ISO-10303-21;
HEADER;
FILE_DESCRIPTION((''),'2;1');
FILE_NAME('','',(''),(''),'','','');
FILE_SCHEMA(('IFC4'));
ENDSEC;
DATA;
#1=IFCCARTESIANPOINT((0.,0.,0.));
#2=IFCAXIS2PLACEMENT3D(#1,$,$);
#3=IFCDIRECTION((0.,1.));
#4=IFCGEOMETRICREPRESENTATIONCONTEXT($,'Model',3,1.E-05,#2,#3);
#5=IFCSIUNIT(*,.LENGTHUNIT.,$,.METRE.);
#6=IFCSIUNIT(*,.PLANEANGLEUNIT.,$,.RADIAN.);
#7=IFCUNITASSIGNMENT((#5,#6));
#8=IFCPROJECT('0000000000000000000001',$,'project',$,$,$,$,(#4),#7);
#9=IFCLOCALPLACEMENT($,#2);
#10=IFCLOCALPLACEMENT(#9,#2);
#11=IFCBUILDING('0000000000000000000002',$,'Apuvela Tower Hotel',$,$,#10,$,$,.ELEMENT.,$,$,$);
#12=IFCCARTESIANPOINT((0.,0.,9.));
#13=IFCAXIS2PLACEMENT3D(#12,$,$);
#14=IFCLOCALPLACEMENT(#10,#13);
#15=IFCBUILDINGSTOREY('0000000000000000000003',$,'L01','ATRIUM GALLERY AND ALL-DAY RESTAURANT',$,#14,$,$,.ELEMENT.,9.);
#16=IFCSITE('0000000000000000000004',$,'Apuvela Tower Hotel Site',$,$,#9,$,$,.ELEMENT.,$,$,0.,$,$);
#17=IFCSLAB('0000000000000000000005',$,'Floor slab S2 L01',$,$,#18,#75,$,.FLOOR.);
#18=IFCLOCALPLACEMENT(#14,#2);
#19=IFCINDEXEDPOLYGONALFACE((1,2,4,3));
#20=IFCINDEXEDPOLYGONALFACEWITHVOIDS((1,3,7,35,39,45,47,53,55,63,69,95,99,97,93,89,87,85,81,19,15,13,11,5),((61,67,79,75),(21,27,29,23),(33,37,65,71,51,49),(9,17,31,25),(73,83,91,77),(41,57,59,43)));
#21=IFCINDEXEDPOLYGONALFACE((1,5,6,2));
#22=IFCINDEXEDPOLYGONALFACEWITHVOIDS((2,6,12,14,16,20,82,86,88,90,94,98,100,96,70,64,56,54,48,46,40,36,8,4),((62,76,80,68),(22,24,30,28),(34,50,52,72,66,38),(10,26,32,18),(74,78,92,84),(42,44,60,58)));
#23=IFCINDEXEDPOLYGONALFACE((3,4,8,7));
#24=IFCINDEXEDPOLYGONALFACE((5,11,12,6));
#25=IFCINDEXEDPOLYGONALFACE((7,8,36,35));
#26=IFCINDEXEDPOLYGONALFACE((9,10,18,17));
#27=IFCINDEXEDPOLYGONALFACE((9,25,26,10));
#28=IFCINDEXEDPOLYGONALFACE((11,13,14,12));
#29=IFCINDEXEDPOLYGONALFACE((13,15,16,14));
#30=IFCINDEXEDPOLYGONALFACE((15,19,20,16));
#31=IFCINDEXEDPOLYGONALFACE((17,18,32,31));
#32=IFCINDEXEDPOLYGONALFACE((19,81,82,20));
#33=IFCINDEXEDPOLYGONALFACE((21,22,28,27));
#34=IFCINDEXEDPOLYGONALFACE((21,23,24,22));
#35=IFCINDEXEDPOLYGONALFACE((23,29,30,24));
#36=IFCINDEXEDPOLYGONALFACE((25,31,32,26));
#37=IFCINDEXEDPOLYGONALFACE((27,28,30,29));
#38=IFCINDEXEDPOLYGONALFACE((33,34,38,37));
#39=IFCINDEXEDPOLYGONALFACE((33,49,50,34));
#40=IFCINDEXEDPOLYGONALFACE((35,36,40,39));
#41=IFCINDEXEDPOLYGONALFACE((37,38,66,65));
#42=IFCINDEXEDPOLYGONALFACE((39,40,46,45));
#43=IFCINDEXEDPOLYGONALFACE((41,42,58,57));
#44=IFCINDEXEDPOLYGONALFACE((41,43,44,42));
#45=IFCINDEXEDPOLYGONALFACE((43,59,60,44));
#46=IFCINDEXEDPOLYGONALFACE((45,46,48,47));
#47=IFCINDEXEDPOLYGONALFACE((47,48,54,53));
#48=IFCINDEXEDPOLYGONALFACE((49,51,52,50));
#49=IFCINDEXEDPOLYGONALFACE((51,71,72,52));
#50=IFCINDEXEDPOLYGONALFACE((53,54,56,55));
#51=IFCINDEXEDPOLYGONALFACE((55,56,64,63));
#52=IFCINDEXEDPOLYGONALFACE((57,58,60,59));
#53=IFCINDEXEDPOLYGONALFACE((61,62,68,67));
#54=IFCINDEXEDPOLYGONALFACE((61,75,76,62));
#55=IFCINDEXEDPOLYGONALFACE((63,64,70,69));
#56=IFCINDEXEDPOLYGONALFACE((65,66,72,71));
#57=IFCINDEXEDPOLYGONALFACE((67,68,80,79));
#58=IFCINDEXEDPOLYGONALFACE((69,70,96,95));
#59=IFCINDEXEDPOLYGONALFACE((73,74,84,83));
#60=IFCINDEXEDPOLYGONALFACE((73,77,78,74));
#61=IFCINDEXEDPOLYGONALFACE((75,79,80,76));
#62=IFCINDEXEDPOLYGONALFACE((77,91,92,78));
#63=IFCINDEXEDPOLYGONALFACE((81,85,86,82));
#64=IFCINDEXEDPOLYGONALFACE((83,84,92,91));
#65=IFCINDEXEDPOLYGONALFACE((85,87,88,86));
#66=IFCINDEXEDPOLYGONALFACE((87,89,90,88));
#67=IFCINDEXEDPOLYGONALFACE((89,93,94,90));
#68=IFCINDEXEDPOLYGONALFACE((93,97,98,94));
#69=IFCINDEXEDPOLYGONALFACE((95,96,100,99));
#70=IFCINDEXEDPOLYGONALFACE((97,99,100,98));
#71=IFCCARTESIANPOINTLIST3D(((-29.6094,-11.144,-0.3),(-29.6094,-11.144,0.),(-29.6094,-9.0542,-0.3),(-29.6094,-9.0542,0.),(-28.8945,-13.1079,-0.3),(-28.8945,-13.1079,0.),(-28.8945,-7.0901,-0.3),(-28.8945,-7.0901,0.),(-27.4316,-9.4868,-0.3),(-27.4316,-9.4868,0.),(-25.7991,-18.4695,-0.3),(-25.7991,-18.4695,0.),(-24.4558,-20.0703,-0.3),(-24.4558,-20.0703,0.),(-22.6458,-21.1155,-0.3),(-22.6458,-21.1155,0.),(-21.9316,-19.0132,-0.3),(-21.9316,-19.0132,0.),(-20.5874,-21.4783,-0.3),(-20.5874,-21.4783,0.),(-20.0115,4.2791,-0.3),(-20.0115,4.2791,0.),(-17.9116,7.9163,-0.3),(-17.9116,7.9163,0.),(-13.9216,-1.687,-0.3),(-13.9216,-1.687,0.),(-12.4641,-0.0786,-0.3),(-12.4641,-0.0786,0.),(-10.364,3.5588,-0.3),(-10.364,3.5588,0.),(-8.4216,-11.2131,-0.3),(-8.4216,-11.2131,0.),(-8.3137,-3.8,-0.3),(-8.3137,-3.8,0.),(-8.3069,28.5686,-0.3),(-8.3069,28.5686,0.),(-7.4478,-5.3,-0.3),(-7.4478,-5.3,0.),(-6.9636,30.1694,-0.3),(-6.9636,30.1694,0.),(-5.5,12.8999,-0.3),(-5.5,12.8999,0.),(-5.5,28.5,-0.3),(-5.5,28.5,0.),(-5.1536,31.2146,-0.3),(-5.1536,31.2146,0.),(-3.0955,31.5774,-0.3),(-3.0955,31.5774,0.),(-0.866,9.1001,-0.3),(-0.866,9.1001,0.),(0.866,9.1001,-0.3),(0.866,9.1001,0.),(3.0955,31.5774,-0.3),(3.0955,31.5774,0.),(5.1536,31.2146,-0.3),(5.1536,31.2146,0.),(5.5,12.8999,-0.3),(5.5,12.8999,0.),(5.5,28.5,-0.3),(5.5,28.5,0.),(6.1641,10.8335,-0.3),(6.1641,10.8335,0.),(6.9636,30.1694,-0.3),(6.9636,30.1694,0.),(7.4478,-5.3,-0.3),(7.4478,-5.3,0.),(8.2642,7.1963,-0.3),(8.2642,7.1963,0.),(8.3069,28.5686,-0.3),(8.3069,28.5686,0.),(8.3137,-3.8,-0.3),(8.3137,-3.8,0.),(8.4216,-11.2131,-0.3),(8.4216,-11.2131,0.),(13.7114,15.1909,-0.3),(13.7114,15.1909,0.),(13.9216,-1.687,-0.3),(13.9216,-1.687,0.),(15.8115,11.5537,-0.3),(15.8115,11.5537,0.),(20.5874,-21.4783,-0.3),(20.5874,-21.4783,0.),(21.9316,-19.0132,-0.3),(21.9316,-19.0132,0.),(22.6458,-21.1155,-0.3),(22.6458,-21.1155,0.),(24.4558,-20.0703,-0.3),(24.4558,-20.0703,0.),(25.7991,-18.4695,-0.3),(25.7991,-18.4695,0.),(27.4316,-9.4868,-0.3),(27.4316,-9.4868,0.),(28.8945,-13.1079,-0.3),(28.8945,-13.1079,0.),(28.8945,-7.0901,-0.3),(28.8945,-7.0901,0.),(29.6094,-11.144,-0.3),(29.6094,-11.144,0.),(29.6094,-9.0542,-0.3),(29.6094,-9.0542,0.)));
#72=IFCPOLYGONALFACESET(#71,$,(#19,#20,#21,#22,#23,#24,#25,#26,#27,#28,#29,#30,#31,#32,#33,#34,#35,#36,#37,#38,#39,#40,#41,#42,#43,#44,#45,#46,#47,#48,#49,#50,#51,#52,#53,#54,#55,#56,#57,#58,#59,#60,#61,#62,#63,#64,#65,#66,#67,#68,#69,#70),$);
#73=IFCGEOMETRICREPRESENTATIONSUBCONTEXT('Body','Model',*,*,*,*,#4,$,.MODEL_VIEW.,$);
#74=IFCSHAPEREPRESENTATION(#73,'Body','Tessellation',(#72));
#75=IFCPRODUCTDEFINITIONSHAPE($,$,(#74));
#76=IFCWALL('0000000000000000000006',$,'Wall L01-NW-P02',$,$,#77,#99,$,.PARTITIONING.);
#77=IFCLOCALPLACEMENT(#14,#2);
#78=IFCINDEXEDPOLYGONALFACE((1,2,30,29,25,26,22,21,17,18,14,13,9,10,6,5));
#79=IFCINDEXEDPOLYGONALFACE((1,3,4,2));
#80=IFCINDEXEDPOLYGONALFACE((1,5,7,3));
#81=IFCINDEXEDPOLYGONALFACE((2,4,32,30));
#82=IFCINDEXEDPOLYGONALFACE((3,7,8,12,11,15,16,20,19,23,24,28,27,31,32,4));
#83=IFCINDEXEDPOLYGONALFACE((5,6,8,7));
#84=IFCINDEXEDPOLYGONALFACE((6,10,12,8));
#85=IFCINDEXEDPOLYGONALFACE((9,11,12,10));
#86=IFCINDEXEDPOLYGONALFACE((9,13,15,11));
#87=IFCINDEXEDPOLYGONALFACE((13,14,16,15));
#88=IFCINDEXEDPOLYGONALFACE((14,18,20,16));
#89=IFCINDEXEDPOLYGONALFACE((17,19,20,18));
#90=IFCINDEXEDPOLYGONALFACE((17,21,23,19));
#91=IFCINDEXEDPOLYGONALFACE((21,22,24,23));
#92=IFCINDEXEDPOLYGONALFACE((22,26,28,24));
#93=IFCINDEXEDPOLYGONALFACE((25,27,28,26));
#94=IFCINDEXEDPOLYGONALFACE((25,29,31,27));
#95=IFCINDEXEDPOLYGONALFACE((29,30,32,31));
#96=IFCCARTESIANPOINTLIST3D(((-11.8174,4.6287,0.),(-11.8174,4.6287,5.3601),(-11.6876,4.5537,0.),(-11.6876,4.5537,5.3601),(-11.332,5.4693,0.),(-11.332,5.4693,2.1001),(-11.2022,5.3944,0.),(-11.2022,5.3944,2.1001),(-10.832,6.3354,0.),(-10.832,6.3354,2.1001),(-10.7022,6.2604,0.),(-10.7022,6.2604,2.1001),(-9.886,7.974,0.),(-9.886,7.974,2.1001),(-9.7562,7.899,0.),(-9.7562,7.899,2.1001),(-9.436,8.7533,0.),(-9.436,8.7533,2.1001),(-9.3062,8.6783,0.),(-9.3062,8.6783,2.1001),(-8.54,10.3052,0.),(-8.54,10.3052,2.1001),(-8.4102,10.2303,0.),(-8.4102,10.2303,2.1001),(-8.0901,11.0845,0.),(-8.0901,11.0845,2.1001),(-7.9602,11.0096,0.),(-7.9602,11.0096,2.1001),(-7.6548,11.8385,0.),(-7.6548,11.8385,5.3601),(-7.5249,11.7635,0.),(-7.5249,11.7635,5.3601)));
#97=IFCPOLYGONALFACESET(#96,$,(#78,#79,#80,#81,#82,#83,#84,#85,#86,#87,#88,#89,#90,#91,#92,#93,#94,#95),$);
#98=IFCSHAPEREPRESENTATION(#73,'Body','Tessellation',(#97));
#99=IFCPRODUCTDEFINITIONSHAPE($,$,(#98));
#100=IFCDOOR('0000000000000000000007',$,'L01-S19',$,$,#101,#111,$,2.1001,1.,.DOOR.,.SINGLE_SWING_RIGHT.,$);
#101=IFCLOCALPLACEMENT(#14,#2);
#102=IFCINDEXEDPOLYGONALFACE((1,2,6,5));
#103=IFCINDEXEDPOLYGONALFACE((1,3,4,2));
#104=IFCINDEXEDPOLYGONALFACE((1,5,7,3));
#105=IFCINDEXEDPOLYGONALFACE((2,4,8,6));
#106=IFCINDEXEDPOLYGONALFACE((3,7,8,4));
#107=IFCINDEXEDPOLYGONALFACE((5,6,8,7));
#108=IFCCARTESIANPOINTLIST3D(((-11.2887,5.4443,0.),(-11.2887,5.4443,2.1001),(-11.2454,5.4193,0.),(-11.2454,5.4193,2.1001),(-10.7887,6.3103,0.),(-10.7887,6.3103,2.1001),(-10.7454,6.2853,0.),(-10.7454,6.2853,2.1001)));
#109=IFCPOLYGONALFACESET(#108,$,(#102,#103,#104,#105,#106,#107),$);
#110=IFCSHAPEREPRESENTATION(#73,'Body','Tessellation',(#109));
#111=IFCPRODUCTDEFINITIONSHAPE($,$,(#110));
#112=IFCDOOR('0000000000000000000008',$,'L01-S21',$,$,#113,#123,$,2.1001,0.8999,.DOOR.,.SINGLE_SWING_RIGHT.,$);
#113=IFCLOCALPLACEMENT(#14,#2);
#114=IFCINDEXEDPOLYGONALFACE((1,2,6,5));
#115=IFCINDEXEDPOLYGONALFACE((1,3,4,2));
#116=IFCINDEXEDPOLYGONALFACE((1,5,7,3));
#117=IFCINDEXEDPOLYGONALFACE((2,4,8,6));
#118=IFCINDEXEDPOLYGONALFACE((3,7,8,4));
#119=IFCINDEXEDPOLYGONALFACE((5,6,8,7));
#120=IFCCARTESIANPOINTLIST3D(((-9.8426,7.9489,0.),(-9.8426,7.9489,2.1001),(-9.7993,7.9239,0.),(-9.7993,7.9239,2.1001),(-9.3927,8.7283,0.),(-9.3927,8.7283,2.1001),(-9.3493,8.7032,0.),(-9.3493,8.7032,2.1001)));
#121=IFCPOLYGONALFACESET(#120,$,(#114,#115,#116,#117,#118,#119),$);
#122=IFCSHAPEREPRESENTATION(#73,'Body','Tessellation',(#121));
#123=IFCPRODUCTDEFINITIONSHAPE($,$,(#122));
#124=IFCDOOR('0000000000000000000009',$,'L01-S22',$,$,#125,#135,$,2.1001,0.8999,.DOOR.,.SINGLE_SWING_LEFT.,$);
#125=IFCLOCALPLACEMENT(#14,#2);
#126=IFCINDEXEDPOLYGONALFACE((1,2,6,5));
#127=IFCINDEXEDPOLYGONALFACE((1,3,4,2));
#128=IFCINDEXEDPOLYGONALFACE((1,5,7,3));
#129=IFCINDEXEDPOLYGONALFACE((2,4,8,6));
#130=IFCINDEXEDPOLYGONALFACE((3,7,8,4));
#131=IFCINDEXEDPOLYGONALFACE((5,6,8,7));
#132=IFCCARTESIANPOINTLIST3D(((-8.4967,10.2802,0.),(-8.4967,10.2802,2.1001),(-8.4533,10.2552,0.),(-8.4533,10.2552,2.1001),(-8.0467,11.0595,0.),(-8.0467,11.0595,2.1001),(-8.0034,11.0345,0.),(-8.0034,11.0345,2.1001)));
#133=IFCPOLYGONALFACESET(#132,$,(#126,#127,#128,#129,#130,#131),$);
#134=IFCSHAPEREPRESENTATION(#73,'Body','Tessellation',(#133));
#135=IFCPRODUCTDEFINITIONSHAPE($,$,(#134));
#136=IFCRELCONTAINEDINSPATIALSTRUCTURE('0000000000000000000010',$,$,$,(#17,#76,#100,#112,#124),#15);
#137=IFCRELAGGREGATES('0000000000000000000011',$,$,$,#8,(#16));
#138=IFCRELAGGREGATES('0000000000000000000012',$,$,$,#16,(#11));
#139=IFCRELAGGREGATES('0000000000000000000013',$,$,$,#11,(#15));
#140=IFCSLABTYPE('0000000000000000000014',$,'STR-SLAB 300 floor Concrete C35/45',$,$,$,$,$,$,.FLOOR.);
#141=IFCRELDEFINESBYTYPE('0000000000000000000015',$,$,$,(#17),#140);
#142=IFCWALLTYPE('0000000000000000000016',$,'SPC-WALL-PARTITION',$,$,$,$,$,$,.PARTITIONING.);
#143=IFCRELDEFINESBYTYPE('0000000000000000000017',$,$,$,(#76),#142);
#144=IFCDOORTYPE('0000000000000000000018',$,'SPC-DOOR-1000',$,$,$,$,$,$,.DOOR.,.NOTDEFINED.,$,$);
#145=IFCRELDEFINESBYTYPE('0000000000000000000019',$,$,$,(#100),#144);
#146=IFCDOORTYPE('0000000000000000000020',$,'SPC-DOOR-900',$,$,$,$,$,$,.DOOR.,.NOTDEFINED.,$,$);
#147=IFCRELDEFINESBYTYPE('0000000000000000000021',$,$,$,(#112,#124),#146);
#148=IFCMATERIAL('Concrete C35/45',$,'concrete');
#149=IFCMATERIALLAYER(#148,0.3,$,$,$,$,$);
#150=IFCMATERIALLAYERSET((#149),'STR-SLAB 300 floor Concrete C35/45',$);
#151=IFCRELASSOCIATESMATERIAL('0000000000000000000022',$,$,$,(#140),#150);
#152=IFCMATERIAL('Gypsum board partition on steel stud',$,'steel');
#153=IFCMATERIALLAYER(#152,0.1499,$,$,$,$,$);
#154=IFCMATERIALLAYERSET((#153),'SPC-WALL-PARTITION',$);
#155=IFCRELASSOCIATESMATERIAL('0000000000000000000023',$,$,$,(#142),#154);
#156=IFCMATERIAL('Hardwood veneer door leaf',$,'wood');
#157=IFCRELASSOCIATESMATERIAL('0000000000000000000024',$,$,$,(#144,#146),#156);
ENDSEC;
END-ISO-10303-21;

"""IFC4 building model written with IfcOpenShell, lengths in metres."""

from ifc_helpers import new_model, si_unit, direction, frame, frame_2d, origin, place, context, subcontext, project, spatial, polyline, rectangle, outline, extrude, material, layer, layer_set, type_object, element, fill, save


model = new_model("IFC4")

# Units and contexts
model_context = context("Model", 3, precision=1e-05, world=origin(), true_north=direction((0.0, 1.0)))
body_context = subcontext(model_context, "Body", "Model", "MODEL_VIEW")
ifc_project = project(units=[si_unit("LENGTHUNIT", "METRE"), si_unit("PLANEANGLEUNIT", "RADIAN")], contexts=[model_context])

# Site, building, storey
site_placement = place(None, origin())
site = spatial("IfcSite", under=ifc_project, at=site_placement, Name="Apuvela Tower Hotel Site", CompositionType="ELEMENT", RefElevation=0.0)
building_placement = place(site_placement, origin())
building = spatial("IfcBuilding", under=site, at=building_placement, Name="Apuvela Tower Hotel", CompositionType="ELEMENT")
storey_placement = place(building_placement, frame((0.0, 0.0, 9.0)))
storey = spatial("IfcBuildingStorey", under=building, at=storey_placement, Name="L01", Description="ATRIUM GALLERY AND ALL-DAY RESTAURANT", CompositionType="ELEMENT", Elevation=9.0)

# Slab
ifc_material_1 = material(Name="Concrete C35/45", Category="concrete")
ifc_layer_1 = layer(ifc_material_1, 0.3)
ifc_layer_set_1 = layer_set([ifc_layer_1], Name="STR-SLAB 300 floor Concrete C35/45")
slab_type_1 = type_object("IfcSlabType", Name="STR-SLAB 300 floor Concrete C35/45", PredefinedType="FLOOR", material=ifc_layer_set_1)
slab_1_placement = place(storey_placement, frame((0.0, 0.0, -0.3)))
element("IfcSlab", 1, at=slab_1_placement, inside=storey, type_object=slab_type_1, Name="Floor slab S2 L01", PredefinedType="FLOOR", context=body_context, shape_type="SweptSolid", body=[
    extrude(outline(polyline([(8.3069, 28.5686), (6.9636, 30.1694), (5.1536, 31.2146), (3.0955, 31.5774), (-3.0955, 31.5774), (-5.1536, 31.2146), (-6.9636, 30.1694), (-8.3069, 28.5686), (-28.8945, -7.0901), (-29.6094, -9.0542), (-29.6094, -11.144), (-28.8945, -13.1079), (-25.7991, -18.4695), (-24.4558, -20.0703), (-22.6458, -21.1155), (-20.5874, -21.4783), (20.5874, -21.4783), (22.6458, -21.1155), (24.4558, -20.0703), (25.7991, -18.4695), (28.8945, -13.1079), (29.6094, -11.144), (29.6094, -9.0542), (28.8945, -7.0901), (8.3069, 28.5686)]), holes=[polyline([(0.866, 9.1001), (-0.866, 9.1001), (-8.3137, -3.8), (-7.4478, -5.3), (7.4478, -5.3), (8.3137, -3.8), (0.866, 9.1001)]), polyline([(-5.5, 12.8999), (-5.5, 28.5), (5.5, 28.5), (5.5, 12.8999), (-5.5, 12.8999)]), polyline([(-8.4216, -11.2131), (-21.9316, -19.0132), (-27.4316, -9.4868), (-13.9216, -1.687), (-8.4216, -11.2131)]), polyline([(13.9216, -1.687), (27.4316, -9.4868), (21.9316, -19.0132), (8.4216, -11.2131), (13.9216, -1.687)]), polyline([(8.2642, 7.1963), (6.1641, 10.8335), (13.7114, 15.1909), (15.8115, 11.5537), (8.2642, 7.1963)]), polyline([(-12.4641, -0.0786), (-20.0115, 4.2791), (-17.9116, 7.9163), (-10.364, 3.5588), (-12.4641, -0.0786)])]), origin(), (0.0, 0.0, 1.0), 0.3),
])

# Wall, openings, doors
ifc_material_2 = material(Name="Gypsum board partition on steel stud", Category="steel")
ifc_layer_2 = layer(ifc_material_2, 0.1499)
ifc_layer_set_2 = layer_set([ifc_layer_2], Name="SPC-WALL-PARTITION")
wall_type = type_object("IfcWallType", Name="SPC-WALL-PARTITION", PredefinedType="PARTITIONING", material=ifc_layer_set_2)
wall_placement = place(storey_placement, frame((-7.5898, 11.801, 0.0), z_axis=(0.0, 0.0, 1.0), x_axis=(-0.500006, -0.866022, 0.0)))
wall = element("IfcWall", 2, at=wall_placement, inside=storey, type_object=wall_type, Name="Wall L01-NW-P02", PredefinedType="PARTITIONING", context=body_context, shape_type="SweptSolid", body=[
    extrude(rectangle(XDim=8.3252, YDim=0.1499, at=frame_2d((4.1626, 0.0))), origin(), (0.0, 0.0, 1.0), 5.3601),
])
opening_1_placement = place(wall_placement, frame((6.3545, 0.0, 0.0)))
opening_1 = element("IfcOpeningElement", 3, at=opening_1_placement, cuts=wall, PredefinedType="OPENING", context=body_context, shape_type="SweptSolid", body=[
    extrude(rectangle(XDim=1.0, YDim=2.1001, at=frame_2d((0.5, 1.05))), frame((0.0, 0.085, 0.0), z_axis=(0.0, -1.0, 0.0), x_axis=(1.0, 0.0, 0.0)), (0.0, 0.0, 1.0), 0.1699),
])
opening_2_placement = place(wall_placement, frame((3.5625, 0.0, 0.0)))
opening_2 = element("IfcOpeningElement", 4, at=opening_2_placement, cuts=wall, PredefinedType="OPENING", context=body_context, shape_type="SweptSolid", body=[
    extrude(rectangle(XDim=0.8999, YDim=2.1001, at=frame_2d((0.45, 1.05))), frame((0.0, 0.085, 0.0), z_axis=(0.0, -1.0, 0.0), x_axis=(1.0, 0.0, 0.0)), (0.0, 0.0, 1.0), 0.1699),
])
opening_3_placement = place(wall_placement, frame((0.8706, 0.0, 0.0)))
opening_3 = element("IfcOpeningElement", 5, at=opening_3_placement, cuts=wall, PredefinedType="OPENING", context=body_context, shape_type="SweptSolid", body=[
    extrude(rectangle(XDim=0.8999, YDim=2.1001, at=frame_2d((0.45, 1.05))), frame((0.0, 0.085, 0.0), z_axis=(0.0, -1.0, 0.0), x_axis=(1.0, 0.0, 0.0)), (0.0, 0.0, 1.0), 0.1699),
])
ifc_material_3 = material(Name="Hardwood veneer door leaf", Category="wood")
door_type_1 = type_object("IfcDoorType", Name="SPC-DOOR-1000", OperationType="NOTDEFINED", PredefinedType="DOOR", material=ifc_material_3)
door_1_placement = place(opening_1_placement, frame((1.0, 0.0, 0.0), z_axis=(0.0, 0.0, 1.0), x_axis=(-1.0, 0.0, 0.0)))
door_1 = element("IfcDoor", 6, at=door_1_placement, inside=storey, type_object=door_type_1, Name="L01-S19", OperationType="SINGLE_SWING_RIGHT", OverallHeight=2.1001, OverallWidth=1.0, PredefinedType="DOOR", context=body_context, shape_type="SweptSolid", body=[
    extrude(rectangle(XDim=1.0, YDim=2.1001, at=frame_2d((0.5, 1.05))), frame((0.0, 0.0249, 0.0), z_axis=(0.0, -1.0, 0.0), x_axis=(1.0, 0.0, 0.0)), (0.0, 0.0, 1.0), 0.05),
])
fill(opening_1, door_1)
door_type_2 = type_object("IfcDoorType", Name="SPC-DOOR-900", OperationType="NOTDEFINED", PredefinedType="DOOR", material=ifc_material_3)
door_2_placement = place(opening_2_placement, frame((0.8999, 0.0, 0.0), z_axis=(0.0, 0.0, 1.0), x_axis=(-1.0, 0.0, 0.0)))
door_2 = element("IfcDoor", 7, at=door_2_placement, inside=storey, type_object=door_type_2, Name="L01-S21", OperationType="SINGLE_SWING_RIGHT", OverallHeight=2.1001, OverallWidth=0.8999, PredefinedType="DOOR", context=body_context, shape_type="SweptSolid", body=[
    extrude(rectangle(XDim=0.8999, YDim=2.1001, at=frame_2d((0.45, 1.05))), frame((0.0, 0.0249, 0.0), z_axis=(0.0, -1.0, 0.0), x_axis=(1.0, 0.0, 0.0)), (0.0, 0.0, 1.0), 0.05),
])
fill(opening_2, door_2)
door_3_placement = place(opening_3_placement, frame((0.8999, 0.0, 0.0), z_axis=(0.0, 0.0, 1.0), x_axis=(-1.0, 0.0, 0.0)))
door_3 = element("IfcDoor", 8, at=door_3_placement, inside=storey, type_object=door_type_2, Name="L01-S22", OperationType="SINGLE_SWING_LEFT", OverallHeight=2.1001, OverallWidth=0.8999, PredefinedType="DOOR", context=body_context, shape_type="SweptSolid", body=[
    extrude(rectangle(XDim=0.8999, YDim=2.1001, at=frame_2d((0.45, 1.05))), frame((0.0, 0.0249, 0.0), z_axis=(0.0, -1.0, 0.0), x_axis=(1.0, 0.0, 0.0)), (0.0, 0.0, 1.0), 0.05),
])
fill(opening_3, door_3)

save(model, "model.ifc")
